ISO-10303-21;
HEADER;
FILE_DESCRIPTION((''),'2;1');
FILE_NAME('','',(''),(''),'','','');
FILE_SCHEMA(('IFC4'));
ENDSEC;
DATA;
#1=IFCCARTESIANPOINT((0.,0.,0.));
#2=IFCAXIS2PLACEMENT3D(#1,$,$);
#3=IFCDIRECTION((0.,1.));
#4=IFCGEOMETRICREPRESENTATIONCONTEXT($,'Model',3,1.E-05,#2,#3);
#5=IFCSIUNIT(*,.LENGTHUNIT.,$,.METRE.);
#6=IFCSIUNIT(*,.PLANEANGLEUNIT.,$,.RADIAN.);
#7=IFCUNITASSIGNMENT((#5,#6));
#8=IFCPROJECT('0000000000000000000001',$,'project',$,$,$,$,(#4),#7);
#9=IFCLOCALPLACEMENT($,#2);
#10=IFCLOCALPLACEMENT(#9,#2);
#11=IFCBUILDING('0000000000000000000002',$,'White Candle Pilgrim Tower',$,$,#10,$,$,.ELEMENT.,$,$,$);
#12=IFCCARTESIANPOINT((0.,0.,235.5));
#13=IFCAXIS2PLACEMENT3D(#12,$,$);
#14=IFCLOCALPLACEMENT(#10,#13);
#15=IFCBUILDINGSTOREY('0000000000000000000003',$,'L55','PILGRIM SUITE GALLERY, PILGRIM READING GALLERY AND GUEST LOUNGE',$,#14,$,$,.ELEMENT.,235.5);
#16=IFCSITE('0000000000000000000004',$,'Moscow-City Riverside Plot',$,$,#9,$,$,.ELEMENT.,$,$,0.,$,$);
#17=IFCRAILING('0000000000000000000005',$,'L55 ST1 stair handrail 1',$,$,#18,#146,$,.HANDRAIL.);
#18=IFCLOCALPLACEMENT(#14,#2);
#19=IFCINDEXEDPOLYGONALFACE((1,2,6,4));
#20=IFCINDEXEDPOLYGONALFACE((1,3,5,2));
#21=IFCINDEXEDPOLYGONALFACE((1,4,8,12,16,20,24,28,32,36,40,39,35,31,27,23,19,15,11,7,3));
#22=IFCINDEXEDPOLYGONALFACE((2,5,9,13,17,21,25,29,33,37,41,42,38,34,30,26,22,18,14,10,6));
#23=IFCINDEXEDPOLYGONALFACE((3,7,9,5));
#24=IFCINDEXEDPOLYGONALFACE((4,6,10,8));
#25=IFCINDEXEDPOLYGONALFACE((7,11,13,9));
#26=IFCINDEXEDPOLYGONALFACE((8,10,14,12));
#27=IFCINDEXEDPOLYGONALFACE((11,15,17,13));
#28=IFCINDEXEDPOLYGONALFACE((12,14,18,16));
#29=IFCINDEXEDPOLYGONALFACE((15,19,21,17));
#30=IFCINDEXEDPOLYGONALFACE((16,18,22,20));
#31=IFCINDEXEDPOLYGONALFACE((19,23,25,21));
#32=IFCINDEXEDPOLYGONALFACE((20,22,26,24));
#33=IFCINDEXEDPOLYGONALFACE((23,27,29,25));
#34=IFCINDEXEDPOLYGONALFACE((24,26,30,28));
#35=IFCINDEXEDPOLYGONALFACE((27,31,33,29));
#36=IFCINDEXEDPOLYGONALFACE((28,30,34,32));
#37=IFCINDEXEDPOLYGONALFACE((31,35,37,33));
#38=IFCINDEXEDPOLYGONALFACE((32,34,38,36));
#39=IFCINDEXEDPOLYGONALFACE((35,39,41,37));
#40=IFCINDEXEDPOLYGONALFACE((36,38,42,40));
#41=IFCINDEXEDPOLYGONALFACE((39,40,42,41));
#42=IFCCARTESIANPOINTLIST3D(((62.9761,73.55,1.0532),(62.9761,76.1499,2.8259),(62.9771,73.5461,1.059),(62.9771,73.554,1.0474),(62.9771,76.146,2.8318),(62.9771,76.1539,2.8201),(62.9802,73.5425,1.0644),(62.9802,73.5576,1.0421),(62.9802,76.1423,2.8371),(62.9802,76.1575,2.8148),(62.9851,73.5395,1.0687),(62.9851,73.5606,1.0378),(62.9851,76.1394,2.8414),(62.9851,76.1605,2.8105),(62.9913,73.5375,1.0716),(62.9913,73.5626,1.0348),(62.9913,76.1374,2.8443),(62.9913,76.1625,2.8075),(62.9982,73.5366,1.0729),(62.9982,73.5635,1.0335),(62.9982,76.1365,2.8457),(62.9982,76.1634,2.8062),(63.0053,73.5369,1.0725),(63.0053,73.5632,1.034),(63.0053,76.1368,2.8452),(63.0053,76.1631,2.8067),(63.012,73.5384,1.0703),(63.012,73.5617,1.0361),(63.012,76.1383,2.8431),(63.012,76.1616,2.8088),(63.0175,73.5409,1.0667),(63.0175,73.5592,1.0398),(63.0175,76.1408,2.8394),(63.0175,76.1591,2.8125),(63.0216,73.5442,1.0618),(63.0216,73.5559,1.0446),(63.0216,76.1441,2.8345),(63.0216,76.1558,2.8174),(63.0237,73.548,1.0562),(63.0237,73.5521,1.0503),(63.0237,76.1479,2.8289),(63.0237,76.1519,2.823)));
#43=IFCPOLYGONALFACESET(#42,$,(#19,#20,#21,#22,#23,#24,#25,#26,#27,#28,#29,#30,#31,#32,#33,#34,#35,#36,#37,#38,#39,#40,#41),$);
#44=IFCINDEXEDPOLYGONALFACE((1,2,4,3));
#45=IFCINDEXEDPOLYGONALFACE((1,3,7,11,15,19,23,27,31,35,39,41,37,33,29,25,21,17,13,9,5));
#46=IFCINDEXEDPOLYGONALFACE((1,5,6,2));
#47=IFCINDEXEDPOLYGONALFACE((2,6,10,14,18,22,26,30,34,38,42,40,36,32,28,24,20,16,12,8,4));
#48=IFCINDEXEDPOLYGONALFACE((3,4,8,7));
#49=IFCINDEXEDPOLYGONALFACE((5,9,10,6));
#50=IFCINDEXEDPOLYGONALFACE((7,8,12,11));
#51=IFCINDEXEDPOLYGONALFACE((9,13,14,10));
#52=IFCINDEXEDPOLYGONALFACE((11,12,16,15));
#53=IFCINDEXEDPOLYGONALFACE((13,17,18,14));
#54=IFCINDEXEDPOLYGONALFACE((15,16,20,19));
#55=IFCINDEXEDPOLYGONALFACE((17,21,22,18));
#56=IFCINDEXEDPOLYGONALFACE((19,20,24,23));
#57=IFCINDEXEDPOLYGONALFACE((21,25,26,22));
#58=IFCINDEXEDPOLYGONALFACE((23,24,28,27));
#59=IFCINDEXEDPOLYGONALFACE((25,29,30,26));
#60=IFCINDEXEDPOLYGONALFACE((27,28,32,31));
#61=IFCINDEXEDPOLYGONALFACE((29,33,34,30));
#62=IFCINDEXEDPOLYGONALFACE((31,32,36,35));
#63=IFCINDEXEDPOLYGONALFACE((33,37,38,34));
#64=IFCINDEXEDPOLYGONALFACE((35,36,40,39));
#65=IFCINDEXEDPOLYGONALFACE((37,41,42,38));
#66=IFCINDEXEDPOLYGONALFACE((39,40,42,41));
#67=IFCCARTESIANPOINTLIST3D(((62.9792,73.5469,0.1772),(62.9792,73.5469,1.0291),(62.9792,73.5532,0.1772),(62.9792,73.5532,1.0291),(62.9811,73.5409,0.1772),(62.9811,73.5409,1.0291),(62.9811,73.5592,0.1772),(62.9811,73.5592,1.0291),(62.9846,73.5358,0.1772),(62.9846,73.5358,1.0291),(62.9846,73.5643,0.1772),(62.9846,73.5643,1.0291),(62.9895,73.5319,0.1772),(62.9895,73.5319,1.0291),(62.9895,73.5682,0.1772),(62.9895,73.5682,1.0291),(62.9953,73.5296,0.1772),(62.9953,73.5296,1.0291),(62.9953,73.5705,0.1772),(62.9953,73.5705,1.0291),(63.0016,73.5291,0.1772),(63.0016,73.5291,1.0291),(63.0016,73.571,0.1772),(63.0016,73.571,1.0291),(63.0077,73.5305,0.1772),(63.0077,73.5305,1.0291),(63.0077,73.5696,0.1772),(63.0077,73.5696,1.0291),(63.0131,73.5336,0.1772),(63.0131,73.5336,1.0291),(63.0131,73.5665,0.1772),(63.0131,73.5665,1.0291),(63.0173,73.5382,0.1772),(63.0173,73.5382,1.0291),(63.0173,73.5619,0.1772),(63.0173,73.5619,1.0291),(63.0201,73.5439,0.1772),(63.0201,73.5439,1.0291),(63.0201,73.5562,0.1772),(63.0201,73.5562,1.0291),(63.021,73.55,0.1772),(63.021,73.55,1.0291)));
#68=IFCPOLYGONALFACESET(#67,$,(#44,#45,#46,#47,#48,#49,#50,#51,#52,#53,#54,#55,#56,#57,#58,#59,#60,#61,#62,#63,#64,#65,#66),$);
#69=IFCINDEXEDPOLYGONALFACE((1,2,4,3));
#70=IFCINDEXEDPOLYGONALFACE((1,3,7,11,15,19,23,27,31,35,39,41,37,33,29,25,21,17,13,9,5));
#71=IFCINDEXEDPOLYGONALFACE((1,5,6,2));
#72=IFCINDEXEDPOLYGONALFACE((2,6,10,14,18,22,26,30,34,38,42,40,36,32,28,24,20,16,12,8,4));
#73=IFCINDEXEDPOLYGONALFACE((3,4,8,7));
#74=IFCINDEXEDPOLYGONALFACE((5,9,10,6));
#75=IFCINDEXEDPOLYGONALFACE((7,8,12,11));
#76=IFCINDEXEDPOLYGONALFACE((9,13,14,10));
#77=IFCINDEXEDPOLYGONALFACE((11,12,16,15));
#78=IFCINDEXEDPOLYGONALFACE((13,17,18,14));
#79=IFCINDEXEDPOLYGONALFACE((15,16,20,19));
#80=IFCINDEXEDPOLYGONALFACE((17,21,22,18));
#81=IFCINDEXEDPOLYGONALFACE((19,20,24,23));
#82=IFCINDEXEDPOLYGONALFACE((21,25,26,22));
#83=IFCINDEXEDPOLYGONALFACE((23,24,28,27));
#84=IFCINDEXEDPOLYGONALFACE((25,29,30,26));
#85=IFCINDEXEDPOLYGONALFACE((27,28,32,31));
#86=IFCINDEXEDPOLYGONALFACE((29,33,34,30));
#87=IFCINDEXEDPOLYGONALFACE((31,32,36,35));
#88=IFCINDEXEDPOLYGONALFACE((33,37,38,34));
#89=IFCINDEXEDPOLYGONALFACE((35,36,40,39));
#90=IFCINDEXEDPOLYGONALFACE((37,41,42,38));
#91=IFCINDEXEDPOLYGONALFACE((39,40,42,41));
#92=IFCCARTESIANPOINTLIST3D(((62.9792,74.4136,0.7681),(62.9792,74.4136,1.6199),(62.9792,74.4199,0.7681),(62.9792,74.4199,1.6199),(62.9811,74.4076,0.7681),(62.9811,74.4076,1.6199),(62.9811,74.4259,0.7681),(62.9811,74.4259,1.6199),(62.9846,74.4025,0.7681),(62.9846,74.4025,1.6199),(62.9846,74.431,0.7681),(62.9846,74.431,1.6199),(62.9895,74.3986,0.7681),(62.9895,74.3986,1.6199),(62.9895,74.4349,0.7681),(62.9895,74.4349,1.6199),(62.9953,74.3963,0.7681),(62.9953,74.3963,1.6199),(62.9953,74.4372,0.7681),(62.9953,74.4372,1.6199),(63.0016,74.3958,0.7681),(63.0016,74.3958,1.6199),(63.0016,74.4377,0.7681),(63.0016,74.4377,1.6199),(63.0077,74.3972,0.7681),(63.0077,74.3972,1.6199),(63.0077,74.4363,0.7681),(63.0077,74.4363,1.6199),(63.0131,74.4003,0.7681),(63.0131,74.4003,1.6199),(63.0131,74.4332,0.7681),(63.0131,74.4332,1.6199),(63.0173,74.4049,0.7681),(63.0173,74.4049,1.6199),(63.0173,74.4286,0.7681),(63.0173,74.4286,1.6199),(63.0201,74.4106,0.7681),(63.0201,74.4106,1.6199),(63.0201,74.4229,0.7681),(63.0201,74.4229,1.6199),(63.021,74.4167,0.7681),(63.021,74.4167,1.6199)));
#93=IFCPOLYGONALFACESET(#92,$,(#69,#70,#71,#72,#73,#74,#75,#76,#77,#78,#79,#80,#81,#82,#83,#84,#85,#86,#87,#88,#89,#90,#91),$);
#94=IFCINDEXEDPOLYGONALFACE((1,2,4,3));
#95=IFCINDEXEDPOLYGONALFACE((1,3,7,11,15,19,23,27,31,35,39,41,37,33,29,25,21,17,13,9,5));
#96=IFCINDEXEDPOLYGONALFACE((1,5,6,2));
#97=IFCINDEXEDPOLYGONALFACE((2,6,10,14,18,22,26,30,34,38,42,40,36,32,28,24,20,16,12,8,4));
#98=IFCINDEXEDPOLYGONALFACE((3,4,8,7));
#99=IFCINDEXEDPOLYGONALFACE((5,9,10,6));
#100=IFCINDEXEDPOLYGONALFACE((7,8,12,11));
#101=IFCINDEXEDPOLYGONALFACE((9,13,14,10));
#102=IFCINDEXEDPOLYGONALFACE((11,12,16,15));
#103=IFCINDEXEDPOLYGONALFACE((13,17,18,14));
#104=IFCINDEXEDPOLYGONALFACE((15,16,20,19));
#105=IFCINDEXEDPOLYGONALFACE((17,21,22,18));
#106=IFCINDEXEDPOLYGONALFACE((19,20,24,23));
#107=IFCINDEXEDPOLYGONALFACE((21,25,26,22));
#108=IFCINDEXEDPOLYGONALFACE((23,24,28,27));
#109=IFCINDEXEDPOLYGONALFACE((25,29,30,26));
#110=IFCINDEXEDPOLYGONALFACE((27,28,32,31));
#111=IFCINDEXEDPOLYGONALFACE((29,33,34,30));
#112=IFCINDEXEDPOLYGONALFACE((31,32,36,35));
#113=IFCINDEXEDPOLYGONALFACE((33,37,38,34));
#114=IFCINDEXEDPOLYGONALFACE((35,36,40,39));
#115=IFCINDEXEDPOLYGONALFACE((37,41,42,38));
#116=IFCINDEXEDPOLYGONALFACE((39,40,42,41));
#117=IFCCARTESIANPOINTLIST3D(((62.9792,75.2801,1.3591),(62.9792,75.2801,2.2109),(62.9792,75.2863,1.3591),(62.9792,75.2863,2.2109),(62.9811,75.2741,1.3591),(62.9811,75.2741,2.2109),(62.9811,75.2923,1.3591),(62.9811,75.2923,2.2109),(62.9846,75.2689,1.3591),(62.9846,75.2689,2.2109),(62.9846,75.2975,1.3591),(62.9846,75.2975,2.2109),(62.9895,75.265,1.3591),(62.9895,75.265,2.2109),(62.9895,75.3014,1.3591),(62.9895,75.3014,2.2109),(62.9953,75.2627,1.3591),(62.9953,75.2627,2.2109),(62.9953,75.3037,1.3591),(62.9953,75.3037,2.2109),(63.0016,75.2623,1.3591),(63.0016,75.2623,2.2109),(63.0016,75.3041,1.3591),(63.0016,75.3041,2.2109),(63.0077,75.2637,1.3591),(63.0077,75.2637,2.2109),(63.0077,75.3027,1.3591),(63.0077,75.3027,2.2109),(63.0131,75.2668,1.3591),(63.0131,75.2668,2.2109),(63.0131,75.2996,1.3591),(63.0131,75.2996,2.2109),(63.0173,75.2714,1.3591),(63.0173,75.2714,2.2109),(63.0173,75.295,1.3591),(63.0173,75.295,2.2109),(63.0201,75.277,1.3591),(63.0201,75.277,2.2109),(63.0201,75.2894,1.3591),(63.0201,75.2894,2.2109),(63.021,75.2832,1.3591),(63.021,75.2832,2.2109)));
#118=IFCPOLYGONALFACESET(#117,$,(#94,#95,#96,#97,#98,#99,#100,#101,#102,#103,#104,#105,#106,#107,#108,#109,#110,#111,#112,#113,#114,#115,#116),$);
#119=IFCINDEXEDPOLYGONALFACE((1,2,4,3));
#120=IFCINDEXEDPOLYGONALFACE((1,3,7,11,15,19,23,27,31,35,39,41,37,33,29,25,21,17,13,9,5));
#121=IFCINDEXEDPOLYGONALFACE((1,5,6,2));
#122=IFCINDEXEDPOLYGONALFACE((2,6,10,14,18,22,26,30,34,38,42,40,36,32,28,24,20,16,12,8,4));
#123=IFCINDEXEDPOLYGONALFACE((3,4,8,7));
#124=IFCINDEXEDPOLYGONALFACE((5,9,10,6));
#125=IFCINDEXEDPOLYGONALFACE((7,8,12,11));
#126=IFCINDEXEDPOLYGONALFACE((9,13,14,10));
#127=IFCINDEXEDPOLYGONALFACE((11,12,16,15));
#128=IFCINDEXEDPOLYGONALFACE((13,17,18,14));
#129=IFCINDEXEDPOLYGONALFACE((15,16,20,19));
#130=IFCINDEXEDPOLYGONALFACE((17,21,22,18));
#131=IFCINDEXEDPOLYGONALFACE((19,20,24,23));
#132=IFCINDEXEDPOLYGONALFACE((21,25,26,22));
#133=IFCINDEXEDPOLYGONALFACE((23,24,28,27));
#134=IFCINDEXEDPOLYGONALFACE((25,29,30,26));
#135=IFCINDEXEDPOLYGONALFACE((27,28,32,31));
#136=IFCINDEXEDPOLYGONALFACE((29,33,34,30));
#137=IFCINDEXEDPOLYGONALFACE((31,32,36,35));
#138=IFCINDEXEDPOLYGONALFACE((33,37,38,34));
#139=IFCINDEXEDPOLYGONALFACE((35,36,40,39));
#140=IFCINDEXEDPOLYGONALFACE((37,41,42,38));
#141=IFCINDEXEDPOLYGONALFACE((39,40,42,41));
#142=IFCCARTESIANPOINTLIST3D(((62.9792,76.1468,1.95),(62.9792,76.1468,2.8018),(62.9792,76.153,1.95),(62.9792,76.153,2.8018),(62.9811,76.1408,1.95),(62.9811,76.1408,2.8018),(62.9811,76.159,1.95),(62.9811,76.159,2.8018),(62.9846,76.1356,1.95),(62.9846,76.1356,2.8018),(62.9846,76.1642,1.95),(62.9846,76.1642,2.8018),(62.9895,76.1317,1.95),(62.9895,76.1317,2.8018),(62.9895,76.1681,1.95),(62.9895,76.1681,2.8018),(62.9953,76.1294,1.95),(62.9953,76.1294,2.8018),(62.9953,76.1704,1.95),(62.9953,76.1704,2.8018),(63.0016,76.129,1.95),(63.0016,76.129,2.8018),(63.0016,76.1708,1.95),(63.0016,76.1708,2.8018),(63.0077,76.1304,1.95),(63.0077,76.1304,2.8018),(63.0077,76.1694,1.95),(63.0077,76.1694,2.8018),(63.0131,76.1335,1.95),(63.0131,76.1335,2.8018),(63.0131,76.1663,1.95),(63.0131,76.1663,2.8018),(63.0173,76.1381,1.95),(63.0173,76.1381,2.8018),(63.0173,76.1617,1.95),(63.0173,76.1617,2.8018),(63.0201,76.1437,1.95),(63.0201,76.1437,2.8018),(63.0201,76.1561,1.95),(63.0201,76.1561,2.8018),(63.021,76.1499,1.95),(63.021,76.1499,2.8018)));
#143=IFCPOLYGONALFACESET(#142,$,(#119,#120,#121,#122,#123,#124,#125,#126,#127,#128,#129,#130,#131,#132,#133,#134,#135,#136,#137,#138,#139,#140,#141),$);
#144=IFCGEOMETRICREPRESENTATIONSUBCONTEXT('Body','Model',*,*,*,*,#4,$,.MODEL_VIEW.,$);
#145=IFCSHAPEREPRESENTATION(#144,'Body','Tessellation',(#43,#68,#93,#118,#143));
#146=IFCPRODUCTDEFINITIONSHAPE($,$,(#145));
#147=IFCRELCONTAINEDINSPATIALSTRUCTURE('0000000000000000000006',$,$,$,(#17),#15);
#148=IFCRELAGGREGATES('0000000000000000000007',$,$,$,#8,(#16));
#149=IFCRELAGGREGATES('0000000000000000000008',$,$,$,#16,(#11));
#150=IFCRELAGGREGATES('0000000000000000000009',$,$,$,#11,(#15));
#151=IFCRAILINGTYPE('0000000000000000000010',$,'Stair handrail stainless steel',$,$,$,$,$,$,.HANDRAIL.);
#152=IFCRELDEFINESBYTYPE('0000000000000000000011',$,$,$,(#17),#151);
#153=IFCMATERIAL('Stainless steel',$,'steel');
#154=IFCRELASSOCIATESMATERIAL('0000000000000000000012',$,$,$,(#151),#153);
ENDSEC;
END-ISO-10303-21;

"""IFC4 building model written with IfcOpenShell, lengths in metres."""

from ifc_helpers import new_model, si_unit, direction, frame, origin, origin_2d, place, context, subcontext, project, spatial, circle, extrude, material, type_object, element, save


model = new_model("IFC4")

# Units and contexts
model_context = context("Model", 3, precision=1e-05, world=origin(), true_north=direction((0.0, 1.0)))
body_context = subcontext(model_context, "Body", "Model", "MODEL_VIEW")
ifc_project = project(units=[si_unit("LENGTHUNIT", "METRE"), si_unit("PLANEANGLEUNIT", "RADIAN")], contexts=[model_context])

# Site, building, storey
site_placement = place(None, origin())
site = spatial("IfcSite", under=ifc_project, at=site_placement, Name="Moscow-City Riverside Plot", CompositionType="ELEMENT", RefElevation=0.0)
building_placement = place(site_placement, origin())
building = spatial("IfcBuilding", under=site, at=building_placement, Name="White Candle Pilgrim Tower", CompositionType="ELEMENT")
storey_placement = place(building_placement, frame((0.0, 0.0, 235.5)))
storey = spatial("IfcBuildingStorey", under=building, at=storey_placement, Name="L55", Description="PILGRIM SUITE GALLERY, PILGRIM READING GALLERY AND GUEST LOUNGE", CompositionType="ELEMENT", Elevation=235.5)

# Railing
ifc_material_1 = material(Name="Stainless steel", Category="steel")
railing_type_1 = type_object("IfcRailingType", Name="Stair handrail stainless steel", PredefinedType="HANDRAIL", material=ifc_material_1)
railing_1_placement = place(storey_placement, frame((63.0, 73.55, 0.1772)))
element("IfcRailing", 1, at=railing_1_placement, inside=storey, type_object=railing_type_1, Name="L55 ST1 stair handrail 1", PredefinedType="HANDRAIL", context=body_context, shape_type="SweptSolid", body=[
    extrude(circle(Radius=0.0239, at=origin_2d()), frame((0.0, 0.0, 0.876), z_axis=(0.0, 0.826216, 0.563354), x_axis=(-1.0, 0.0, 0.0)), (0.0, 0.0, 1.0), 3.1467),
    extrude(circle(Radius=0.021, at=origin_2d()), origin(), (0.0, 0.0, 1.0), 0.8518),
    extrude(circle(Radius=0.021, at=origin_2d()), frame((0.0, 0.8667, 0.5908)), (0.0, 0.0, 1.0), 0.8518),
    extrude(circle(Radius=0.021, at=origin_2d()), frame((0.0, 1.7332, 1.1819)), (0.0, 0.0, 1.0), 0.8518),
    extrude(circle(Radius=0.021, at=origin_2d()), frame((0.0, 2.5999, 1.7727)), (0.0, 0.0, 1.0), 0.8518),
])

save(model, "model.ifc")
